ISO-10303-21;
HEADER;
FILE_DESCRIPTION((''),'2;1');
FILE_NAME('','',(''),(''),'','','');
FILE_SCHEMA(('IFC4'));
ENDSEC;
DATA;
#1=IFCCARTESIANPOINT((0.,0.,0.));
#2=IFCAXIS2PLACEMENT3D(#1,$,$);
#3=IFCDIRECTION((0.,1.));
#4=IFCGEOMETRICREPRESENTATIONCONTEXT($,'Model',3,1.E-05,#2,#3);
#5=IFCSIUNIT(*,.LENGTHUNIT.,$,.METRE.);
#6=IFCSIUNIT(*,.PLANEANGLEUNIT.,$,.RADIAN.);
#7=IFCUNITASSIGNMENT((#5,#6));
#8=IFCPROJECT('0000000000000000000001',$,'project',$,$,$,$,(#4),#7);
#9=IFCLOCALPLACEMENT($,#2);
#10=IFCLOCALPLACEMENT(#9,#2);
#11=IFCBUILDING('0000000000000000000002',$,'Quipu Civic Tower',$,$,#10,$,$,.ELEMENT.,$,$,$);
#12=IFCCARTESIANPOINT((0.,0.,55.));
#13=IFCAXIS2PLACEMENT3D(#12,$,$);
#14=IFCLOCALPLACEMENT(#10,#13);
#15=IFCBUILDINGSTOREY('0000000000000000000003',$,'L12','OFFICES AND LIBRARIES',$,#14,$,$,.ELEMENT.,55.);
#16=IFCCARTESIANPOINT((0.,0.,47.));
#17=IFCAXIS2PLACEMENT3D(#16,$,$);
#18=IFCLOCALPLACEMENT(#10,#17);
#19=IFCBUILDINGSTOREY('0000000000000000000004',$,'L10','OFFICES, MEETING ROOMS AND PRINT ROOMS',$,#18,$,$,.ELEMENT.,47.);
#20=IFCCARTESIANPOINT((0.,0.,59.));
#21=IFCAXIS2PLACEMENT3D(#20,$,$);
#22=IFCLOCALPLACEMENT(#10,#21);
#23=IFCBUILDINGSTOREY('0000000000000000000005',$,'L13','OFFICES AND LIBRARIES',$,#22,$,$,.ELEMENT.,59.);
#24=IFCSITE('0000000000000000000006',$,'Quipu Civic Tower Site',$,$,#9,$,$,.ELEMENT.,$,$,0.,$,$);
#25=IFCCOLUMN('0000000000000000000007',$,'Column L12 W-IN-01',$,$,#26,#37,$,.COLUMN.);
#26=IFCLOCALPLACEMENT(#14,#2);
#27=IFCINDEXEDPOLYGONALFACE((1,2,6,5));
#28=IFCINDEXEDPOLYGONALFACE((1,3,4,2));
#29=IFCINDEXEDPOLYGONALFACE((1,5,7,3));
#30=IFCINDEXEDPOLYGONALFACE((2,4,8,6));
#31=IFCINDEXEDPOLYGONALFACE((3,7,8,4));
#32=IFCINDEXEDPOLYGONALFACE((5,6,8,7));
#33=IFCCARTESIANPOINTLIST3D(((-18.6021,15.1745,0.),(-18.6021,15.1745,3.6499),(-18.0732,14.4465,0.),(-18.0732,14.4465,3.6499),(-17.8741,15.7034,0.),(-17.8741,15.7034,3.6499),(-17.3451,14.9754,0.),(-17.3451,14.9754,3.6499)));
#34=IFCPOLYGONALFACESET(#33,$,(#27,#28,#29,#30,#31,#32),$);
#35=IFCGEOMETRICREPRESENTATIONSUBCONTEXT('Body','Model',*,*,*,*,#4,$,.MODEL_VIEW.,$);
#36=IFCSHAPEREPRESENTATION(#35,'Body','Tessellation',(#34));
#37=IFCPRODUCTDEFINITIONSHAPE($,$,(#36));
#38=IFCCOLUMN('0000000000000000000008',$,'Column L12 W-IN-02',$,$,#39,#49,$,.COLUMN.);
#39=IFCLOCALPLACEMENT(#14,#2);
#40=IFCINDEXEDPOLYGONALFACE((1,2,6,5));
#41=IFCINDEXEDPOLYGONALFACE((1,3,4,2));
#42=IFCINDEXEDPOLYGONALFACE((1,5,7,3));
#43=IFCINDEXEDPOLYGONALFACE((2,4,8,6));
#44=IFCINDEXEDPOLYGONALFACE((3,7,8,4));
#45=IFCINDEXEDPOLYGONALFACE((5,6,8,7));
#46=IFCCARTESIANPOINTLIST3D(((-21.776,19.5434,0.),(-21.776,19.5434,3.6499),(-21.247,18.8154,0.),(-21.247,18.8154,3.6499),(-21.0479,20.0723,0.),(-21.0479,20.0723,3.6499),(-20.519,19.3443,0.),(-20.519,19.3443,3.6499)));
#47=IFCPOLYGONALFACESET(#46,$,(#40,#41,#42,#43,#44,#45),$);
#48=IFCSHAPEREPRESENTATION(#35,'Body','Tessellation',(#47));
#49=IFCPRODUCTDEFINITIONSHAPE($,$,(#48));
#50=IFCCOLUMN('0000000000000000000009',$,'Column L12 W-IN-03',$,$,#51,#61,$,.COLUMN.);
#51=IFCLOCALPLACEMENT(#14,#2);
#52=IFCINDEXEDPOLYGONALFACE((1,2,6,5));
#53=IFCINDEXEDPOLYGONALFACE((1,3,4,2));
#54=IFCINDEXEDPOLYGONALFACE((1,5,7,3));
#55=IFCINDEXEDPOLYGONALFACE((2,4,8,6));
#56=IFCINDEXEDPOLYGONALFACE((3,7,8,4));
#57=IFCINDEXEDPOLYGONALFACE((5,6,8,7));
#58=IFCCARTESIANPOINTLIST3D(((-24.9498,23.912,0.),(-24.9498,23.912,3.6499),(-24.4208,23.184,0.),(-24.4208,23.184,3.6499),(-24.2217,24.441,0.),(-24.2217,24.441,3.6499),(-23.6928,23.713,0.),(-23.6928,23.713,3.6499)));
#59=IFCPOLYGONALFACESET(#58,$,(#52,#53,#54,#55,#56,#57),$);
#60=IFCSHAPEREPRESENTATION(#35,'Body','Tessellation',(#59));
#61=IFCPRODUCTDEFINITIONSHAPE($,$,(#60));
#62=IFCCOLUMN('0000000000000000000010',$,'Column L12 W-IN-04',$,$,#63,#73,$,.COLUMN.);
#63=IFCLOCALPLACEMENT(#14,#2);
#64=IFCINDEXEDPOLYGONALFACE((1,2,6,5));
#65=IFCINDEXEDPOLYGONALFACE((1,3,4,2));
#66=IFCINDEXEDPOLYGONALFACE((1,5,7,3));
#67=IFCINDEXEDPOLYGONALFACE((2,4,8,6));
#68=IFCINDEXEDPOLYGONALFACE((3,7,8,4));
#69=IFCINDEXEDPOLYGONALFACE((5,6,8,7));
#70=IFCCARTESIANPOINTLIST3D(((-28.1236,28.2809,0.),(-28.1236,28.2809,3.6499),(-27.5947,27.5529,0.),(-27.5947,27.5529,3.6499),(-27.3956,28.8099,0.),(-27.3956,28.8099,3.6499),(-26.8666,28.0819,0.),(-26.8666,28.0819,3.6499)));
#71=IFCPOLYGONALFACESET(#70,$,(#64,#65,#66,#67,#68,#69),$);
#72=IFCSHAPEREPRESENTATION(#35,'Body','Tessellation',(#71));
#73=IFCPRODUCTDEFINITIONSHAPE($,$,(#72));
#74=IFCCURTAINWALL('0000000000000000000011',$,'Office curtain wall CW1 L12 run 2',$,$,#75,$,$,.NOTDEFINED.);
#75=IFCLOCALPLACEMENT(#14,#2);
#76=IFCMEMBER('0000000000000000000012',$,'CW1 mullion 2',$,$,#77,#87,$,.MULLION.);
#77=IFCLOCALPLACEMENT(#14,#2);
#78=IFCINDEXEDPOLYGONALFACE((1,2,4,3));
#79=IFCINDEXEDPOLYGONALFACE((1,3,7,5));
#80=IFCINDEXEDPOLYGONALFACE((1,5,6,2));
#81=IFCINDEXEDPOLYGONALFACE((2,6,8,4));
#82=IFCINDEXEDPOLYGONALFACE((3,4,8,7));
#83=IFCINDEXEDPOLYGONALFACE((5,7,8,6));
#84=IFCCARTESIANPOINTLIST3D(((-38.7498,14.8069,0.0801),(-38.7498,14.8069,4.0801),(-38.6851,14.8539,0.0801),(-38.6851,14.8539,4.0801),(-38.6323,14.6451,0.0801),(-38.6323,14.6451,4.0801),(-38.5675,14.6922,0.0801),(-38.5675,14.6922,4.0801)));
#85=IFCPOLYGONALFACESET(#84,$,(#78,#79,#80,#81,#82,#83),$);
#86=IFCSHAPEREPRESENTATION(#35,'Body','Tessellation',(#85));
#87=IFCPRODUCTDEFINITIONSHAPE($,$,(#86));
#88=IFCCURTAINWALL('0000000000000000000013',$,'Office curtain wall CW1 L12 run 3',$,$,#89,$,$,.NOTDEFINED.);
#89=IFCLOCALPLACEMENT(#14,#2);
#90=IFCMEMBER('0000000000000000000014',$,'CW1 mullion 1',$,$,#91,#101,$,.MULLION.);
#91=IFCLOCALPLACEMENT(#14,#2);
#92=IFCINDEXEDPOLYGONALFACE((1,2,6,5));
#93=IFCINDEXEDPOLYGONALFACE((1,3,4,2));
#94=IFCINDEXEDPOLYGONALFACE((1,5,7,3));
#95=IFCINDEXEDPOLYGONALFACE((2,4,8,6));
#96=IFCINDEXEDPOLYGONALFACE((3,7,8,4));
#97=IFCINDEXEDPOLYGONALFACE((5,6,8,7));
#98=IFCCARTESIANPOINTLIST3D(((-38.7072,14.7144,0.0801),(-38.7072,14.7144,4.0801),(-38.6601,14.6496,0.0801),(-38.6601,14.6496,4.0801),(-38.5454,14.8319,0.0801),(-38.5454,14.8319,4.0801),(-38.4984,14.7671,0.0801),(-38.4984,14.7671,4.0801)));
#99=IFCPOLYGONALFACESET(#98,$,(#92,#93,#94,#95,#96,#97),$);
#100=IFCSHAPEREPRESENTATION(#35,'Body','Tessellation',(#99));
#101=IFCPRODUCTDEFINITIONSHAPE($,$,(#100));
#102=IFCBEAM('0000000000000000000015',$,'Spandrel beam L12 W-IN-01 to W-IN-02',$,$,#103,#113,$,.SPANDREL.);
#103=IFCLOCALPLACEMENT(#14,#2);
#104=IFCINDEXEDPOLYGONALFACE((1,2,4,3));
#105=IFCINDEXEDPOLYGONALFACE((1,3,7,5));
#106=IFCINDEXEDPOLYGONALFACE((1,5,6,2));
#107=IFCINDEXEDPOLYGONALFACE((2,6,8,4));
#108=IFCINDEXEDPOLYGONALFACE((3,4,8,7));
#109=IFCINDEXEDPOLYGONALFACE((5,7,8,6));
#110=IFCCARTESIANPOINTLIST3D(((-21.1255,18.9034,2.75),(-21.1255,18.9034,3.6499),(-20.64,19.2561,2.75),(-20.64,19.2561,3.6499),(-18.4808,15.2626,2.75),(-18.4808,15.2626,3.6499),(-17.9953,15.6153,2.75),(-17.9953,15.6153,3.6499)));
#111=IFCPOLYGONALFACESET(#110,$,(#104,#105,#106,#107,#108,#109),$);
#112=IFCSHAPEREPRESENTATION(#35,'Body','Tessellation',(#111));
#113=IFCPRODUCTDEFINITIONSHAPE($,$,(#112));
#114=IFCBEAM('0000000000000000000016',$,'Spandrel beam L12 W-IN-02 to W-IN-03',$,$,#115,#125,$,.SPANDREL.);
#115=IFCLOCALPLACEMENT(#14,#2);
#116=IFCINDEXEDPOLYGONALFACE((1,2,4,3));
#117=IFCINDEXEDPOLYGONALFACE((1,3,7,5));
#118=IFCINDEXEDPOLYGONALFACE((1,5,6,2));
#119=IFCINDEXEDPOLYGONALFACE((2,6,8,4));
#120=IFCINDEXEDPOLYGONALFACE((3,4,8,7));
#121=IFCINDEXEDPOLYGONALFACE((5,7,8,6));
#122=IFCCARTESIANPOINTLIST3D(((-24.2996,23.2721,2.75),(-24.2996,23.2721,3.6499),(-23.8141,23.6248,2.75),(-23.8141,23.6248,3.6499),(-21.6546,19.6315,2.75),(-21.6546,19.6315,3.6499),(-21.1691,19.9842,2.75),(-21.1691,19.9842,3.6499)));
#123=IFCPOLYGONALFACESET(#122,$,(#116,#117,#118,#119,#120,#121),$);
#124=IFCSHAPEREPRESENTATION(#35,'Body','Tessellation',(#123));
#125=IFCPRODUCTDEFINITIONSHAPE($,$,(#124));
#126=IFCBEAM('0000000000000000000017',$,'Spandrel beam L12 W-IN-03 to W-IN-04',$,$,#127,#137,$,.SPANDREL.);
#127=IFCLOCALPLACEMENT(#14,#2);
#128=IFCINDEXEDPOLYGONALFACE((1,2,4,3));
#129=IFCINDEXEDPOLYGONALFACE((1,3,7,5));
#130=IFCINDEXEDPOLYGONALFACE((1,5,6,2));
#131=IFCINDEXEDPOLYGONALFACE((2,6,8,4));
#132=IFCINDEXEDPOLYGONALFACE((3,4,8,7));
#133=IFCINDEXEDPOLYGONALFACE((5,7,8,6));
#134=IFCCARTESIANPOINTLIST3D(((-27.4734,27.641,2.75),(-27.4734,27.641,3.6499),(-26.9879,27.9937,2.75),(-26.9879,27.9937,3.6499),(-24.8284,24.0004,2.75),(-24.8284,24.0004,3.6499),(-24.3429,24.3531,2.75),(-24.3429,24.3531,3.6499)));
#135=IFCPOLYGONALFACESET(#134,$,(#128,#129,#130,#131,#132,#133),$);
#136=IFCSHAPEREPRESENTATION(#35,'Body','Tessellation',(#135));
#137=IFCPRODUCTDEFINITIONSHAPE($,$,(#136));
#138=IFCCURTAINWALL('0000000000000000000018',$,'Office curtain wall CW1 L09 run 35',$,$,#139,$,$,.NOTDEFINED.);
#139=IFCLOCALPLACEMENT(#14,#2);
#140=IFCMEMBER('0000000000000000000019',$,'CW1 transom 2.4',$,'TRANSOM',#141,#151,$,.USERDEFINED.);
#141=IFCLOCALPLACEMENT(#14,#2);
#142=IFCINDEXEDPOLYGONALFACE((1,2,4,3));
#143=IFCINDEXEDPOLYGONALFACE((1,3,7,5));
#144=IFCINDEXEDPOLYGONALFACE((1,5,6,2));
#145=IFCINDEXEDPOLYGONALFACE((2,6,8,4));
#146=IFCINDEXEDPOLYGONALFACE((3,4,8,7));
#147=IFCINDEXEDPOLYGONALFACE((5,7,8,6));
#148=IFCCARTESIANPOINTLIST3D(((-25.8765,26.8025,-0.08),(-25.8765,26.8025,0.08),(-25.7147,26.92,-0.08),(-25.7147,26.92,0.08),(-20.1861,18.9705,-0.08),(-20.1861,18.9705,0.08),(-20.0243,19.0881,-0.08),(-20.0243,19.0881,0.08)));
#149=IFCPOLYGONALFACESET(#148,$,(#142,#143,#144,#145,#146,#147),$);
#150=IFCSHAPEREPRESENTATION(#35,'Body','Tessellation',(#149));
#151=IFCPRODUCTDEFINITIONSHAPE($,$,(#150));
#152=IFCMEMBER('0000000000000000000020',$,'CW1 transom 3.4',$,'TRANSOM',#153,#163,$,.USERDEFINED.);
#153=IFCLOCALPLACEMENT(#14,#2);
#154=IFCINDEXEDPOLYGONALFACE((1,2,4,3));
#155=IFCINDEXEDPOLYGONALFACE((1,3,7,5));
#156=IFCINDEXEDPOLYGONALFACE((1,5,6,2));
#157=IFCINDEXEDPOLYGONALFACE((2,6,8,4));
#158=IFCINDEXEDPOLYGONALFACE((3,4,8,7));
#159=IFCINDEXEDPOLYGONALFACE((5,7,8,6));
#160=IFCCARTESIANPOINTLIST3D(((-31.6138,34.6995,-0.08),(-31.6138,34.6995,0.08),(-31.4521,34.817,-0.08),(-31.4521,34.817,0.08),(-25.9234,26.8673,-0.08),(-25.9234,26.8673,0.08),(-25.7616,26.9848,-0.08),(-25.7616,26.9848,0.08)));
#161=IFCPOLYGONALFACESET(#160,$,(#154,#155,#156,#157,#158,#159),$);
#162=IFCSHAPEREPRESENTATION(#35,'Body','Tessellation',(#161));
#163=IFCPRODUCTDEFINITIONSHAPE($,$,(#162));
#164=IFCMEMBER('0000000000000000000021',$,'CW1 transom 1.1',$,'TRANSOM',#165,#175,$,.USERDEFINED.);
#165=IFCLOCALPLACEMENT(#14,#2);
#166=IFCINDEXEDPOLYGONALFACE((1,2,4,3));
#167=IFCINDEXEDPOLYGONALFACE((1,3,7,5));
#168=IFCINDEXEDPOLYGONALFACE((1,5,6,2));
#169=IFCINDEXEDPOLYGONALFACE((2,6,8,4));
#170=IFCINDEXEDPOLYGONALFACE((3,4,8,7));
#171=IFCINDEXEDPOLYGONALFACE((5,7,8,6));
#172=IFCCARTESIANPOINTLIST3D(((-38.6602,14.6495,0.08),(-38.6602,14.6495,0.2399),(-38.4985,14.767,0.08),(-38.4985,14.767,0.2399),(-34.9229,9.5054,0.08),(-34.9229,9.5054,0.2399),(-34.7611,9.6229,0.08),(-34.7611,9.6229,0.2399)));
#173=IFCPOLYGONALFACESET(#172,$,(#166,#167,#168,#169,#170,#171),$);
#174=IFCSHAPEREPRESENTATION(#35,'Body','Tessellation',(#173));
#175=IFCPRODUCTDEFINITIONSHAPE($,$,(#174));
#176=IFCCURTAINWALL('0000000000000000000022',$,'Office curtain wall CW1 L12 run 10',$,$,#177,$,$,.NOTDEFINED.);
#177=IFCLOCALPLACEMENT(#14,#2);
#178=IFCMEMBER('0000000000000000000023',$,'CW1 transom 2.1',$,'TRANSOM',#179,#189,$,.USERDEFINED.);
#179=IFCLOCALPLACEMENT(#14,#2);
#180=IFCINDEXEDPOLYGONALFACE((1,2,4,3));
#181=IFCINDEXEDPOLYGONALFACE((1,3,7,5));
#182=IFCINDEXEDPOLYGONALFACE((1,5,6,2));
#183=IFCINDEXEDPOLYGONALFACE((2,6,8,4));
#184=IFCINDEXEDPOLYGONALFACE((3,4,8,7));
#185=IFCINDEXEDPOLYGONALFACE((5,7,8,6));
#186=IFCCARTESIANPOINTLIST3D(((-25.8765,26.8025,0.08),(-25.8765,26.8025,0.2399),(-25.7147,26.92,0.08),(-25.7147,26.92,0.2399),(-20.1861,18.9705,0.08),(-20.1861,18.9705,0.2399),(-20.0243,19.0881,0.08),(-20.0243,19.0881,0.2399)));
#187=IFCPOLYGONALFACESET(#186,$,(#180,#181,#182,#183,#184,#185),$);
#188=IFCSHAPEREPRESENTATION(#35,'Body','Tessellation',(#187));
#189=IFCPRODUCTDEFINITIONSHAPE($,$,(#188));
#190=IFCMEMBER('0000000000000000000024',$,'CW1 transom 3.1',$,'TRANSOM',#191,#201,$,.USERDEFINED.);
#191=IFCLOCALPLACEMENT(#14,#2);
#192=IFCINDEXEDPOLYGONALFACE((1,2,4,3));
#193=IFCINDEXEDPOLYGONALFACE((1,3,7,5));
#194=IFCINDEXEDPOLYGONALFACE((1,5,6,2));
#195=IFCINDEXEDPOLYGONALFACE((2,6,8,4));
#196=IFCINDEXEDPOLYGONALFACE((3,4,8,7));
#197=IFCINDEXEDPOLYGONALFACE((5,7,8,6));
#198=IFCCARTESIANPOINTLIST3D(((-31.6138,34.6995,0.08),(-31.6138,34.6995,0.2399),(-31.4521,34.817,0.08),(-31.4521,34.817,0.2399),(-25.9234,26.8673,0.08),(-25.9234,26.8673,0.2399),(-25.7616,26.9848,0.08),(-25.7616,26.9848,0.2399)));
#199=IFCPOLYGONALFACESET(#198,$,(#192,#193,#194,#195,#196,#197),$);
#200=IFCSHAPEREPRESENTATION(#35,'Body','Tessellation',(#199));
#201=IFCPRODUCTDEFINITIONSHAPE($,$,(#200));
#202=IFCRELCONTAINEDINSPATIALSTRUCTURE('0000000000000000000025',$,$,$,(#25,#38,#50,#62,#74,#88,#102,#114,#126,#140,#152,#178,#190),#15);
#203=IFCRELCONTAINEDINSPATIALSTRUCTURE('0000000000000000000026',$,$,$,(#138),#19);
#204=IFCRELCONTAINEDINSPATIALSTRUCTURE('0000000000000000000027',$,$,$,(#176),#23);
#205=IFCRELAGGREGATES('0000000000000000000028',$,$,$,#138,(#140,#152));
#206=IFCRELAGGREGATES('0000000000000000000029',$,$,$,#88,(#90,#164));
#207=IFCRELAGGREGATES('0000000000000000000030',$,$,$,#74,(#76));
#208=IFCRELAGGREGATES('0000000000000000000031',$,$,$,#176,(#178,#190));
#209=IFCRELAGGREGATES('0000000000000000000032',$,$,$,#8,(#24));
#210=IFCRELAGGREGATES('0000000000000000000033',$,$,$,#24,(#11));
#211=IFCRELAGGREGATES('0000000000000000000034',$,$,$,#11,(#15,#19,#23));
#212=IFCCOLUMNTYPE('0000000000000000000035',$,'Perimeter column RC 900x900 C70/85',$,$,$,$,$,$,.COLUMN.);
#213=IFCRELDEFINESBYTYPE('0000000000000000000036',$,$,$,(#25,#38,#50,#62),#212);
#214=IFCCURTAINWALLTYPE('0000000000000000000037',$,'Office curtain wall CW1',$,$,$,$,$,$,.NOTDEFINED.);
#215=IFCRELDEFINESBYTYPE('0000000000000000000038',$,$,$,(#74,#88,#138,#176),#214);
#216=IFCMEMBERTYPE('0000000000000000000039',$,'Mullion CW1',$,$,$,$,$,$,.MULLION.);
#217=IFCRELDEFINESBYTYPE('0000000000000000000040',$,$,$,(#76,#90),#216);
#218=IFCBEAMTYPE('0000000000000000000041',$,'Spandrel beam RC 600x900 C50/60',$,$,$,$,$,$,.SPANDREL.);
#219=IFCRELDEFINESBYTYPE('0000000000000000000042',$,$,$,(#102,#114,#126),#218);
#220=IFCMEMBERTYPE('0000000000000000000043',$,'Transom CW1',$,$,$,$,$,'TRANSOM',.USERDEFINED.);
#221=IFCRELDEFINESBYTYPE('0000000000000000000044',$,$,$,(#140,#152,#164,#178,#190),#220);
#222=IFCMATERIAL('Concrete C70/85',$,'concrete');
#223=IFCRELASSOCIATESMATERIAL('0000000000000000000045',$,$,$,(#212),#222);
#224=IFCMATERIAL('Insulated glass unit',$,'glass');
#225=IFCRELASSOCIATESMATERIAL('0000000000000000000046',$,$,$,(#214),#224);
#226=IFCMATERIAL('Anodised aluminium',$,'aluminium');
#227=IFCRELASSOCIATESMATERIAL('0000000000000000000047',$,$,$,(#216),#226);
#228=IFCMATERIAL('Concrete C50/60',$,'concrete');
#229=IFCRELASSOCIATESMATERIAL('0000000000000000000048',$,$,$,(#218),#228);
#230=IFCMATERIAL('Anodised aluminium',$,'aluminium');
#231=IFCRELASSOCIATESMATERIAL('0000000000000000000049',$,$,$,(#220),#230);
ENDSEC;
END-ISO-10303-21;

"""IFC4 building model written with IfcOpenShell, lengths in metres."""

from ifc_helpers import new_model, si_unit, direction, frame, origin, origin_2d, place, context, subcontext, project, spatial, rectangle, extrude, material, material_profile, profile_set, type_object, element, aggregate, save


model = new_model("IFC4")

# Units and contexts
model_context = context("Model", 3, precision=1e-05, world=origin(), true_north=direction((0.0, 1.0)))
body_context = subcontext(model_context, "Body", "Model", "MODEL_VIEW")
ifc_project = project(units=[si_unit("LENGTHUNIT", "METRE"), si_unit("PLANEANGLEUNIT", "RADIAN")], contexts=[model_context])

# Site, building, storey
site_placement = place(None, origin())
site = spatial("IfcSite", under=ifc_project, at=site_placement, Name="Quipu Civic Tower Site", CompositionType="ELEMENT", RefElevation=0.0)
building_placement = place(site_placement, origin())
building = spatial("IfcBuilding", under=site, at=building_placement, Name="Quipu Civic Tower", CompositionType="ELEMENT")
storey_1_placement = place(building_placement, frame((0.0, 0.0, 55.0)))
storey_1 = spatial("IfcBuildingStorey", under=building, at=storey_1_placement, Name="L12", Description="OFFICES AND LIBRARIES", CompositionType="ELEMENT", Elevation=55.0)

# Columns
ifc_material_1 = material(Name="Concrete C70/85", Category="concrete")
ifc_material_profile_1 = material_profile(ifc_material_1, rectangle(XDim=0.8999, YDim=0.8999, at=origin_2d()), Name="RC900x900")
ifc_profile_set_1 = profile_set([ifc_material_profile_1], Name="Concrete C70/85")
column_type = type_object("IfcColumnType", Name="Perimeter column RC 900x900 C70/85", PredefinedType="COLUMN", material=ifc_profile_set_1)
for number, where, z_axis, x_axis, name in (
    (1, (-17.9736, 15.075, 0.0), (0.0, 0.0, 1.0), (-0.587785, 0.809017, 0.0), "Column L12 W-IN-01"),
    (2, (-21.1475, 19.4438, 0.0), (0.0, 0.0, 1.0), (-0.587785, 0.809017, 0.0), "Column L12 W-IN-02"),
    (3, (-24.3213, 23.8125, 0.0), (0.0, 0.0, 1.0), (-0.587785, 0.809017, 0.0), "Column L12 W-IN-03"),
    (4, (-27.4951, 28.1814, 0.0), (0.0, 0.0, 1.0), (-0.587785, 0.809017, 0.0), "Column L12 W-IN-04"),
):
    element("IfcColumn", number, at=place(storey_1_placement, frame(where, z_axis=z_axis, x_axis=x_axis)), inside=storey_1, type_object=column_type, Name=name, PredefinedType="COLUMN", context=body_context, shape_type="SweptSolid", body=[
        extrude(rectangle(XDim=0.8999, YDim=0.8999, at=origin_2d()), origin(), (0.0, 0.0, 1.0), 3.6499),
    ])

# Curtain walls, members
ifc_material_2 = material(Name="Insulated glass unit", Category="glass")
curtain_wall_type = type_object("IfcCurtainWallType", Name="Office curtain wall CW1", PredefinedType="NOTDEFINED", material=ifc_material_2)
curtain_wall_1_placement = place(storey_1_placement, origin())
curtain_wall_1 = element("IfcCurtainWall", 5, at=curtain_wall_1_placement, inside=storey_1, type_object=curtain_wall_type, Name="Office curtain wall CW1 L12 run 2", PredefinedType="NOTDEFINED")
ifc_material_3 = material(Name="Anodised aluminium", Category="aluminium")
ifc_material_profile_2 = material_profile(ifc_material_3, rectangle(XDim=0.2, YDim=0.0801, at=origin_2d()), Name="RECT 200x80")
ifc_profile_set_2 = profile_set([ifc_material_profile_2], Name="Anodised aluminium")
member_type_1 = type_object("IfcMemberType", Name="Mullion CW1", PredefinedType="MULLION", material=ifc_profile_set_2)
member_1_placement = place(storey_1_placement, frame((-38.6587, 14.7495, 0.0801), z_axis=(0.0, 0.0, 1.0), x_axis=(-0.587777, 0.809023, 0.0)))
member_1 = element("IfcMember", 6, at=member_1_placement, type_object=member_type_1, Name="CW1 mullion 2", PredefinedType="MULLION", context=body_context, shape_type="SweptSolid", body=[
    extrude(rectangle(XDim=0.2, YDim=0.0801, at=origin_2d()), origin(), (0.0, 0.0, 1.0), 4.0),
])
curtain_wall_2_placement = place(storey_1_placement, origin())
curtain_wall_2 = element("IfcCurtainWall", 7, at=curtain_wall_2_placement, inside=storey_1, type_object=curtain_wall_type, Name="Office curtain wall CW1 L12 run 3", PredefinedType="NOTDEFINED")
member_2_placement = place(storey_1_placement, frame((-38.6028, 14.7407, 0.0801), z_axis=(0.0, 0.0, 1.0), x_axis=(0.809019, 0.587783, 0.0)))
member_2 = element("IfcMember", 8, at=member_2_placement, type_object=member_type_1, Name="CW1 mullion 1", PredefinedType="MULLION", context=body_context, shape_type="SweptSolid", body=[
    extrude(rectangle(XDim=0.2, YDim=0.0801, at=origin_2d()), origin(), (0.0, 0.0, 1.0), 4.0),
])

# Beams
ifc_material_4 = material(Name="Concrete C50/60", Category="concrete")
ifc_material_profile_3 = material_profile(ifc_material_4, rectangle(XDim=0.6001, YDim=0.8999, at=origin_2d()), Name="RC600x900")
ifc_profile_set_3 = profile_set([ifc_material_profile_3], Name="Concrete C50/60")
beam_type = type_object("IfcBeamType", Name="Spandrel beam RC 600x900 C50/60", PredefinedType="SPANDREL", material=ifc_profile_set_3)
for number, where, z_axis, x_axis, name in (
    (9, (-18.238, 15.439, 3.2), (-0.587717, 0.809067, 0.0), (-0.809067, -0.587717, 0.0), "Spandrel beam L12 W-IN-01 to W-IN-02"),
    (10, (-21.4119, 19.8079, 3.2), (-0.587778, 0.809022, 0.0), (-0.809022, -0.587778, 0.0), "Spandrel beam L12 W-IN-02 to W-IN-03"),
    (11, (-24.5857, 24.1768, 3.2), (-0.587778, 0.809022, 0.0), (-0.809022, -0.587778, 0.0), "Spandrel beam L12 W-IN-03 to W-IN-04"),
):
    element("IfcBeam", number, at=place(storey_1_placement, frame(where, z_axis=z_axis, x_axis=x_axis)), inside=storey_1, type_object=beam_type, Name=name, PredefinedType="SPANDREL", context=body_context, shape_type="SweptSolid", body=[
        extrude(rectangle(XDim=0.6001, YDim=0.8999, at=origin_2d()), origin(), (0.0, 0.0, 1.0), 4.5),
    ])

# Shared definitions
storey_2_placement = place(building_placement, frame((0.0, 0.0, 47.0)))
storey_2 = spatial("IfcBuildingStorey", under=building, at=storey_2_placement, Name="L10", Description="OFFICES, MEETING ROOMS AND PRINT ROOMS", CompositionType="ELEMENT", Elevation=47.0)

# Curtain wall, members
curtain_wall_3_placement = place(storey_2_placement, origin())
curtain_wall_3 = element("IfcCurtainWall", 12, at=curtain_wall_3_placement, inside=storey_2, type_object=curtain_wall_type, Name="Office curtain wall CW1 L09 run 35", PredefinedType="NOTDEFINED")
ifc_material_5 = material(Name="Anodised aluminium", Category="aluminium")
ifc_material_profile_4 = material_profile(ifc_material_5, rectangle(XDim=0.2, YDim=0.1599, at=origin_2d()), Name="RECT 200x160")
ifc_profile_set_4 = profile_set([ifc_material_profile_4], Name="Anodised aluminium")
member_type_2 = type_object("IfcMemberType", Name="Transom CW1", ElementType="TRANSOM", PredefinedType="USERDEFINED", material=ifc_profile_set_4)
member_3_placement = place(storey_1_placement, frame((-20.1052, 19.0293, 0.0), z_axis=(-0.587794, 0.809011, 0.0), x_axis=(-0.809011, -0.587794, 0.0)))
member_3 = element("IfcMember", 13, at=member_3_placement, inside=storey_1, type_object=member_type_2, Name="CW1 transom 2.4", ObjectType="TRANSOM", PredefinedType="USERDEFINED", context=body_context, shape_type="SweptSolid", body=[
    extrude(rectangle(XDim=0.2, YDim=0.1599, at=origin_2d()), origin(), (0.0, 0.0, 1.0), 9.6809),
])
member_4_placement = place(storey_1_placement, frame((-25.8425, 26.926, 0.0), z_axis=(-0.587782, 0.80902, 0.0), x_axis=(-0.80902, -0.587782, 0.0)))
member_4 = element("IfcMember", 14, at=member_4_placement, inside=storey_1, type_object=member_type_2, Name="CW1 transom 3.4", ObjectType="TRANSOM", PredefinedType="USERDEFINED", context=body_context, shape_type="SweptSolid", body=[
    extrude(rectangle(XDim=0.2, YDim=0.1599, at=origin_2d()), origin(), (0.0, 0.0, 1.0), 9.6812),
])
aggregate(curtain_wall_3, [member_3, member_4])

# Member
member_5_placement = place(storey_1_placement, frame((-38.5793, 14.7083, 0.1599), z_axis=(0.587779, -0.809022, 0.0), x_axis=(0.809022, 0.587779, 0.0)))
member_5 = element("IfcMember", 15, at=member_5_placement, type_object=member_type_2, Name="CW1 transom 1.1", ObjectType="TRANSOM", PredefinedType="USERDEFINED", context=body_context, shape_type="SweptSolid", body=[
    extrude(rectangle(XDim=0.2, YDim=0.1599, at=origin_2d()), origin(), (0.0, 0.0, 1.0), 6.3584),
])
aggregate(curtain_wall_2, [member_2, member_5])

# Shared definitions
storey_3_placement = place(building_placement, frame((0.0, 0.0, 59.0)))
storey_3 = spatial("IfcBuildingStorey", under=building, at=storey_3_placement, Name="L13", Description="OFFICES AND LIBRARIES", CompositionType="ELEMENT", Elevation=59.0)

# Curtain wall, members
curtain_wall_4_placement = place(storey_3_placement, origin())
curtain_wall_4 = element("IfcCurtainWall", 16, at=curtain_wall_4_placement, inside=storey_3, type_object=curtain_wall_type, Name="Office curtain wall CW1 L12 run 10", PredefinedType="NOTDEFINED")
member_6_placement = place(storey_1_placement, frame((-20.1052, 19.0293, 0.1599), z_axis=(-0.587794, 0.809011, 0.0), x_axis=(-0.809011, -0.587794, 0.0)))
member_6 = element("IfcMember", 17, at=member_6_placement, inside=storey_1, type_object=member_type_2, Name="CW1 transom 2.1", ObjectType="TRANSOM", PredefinedType="USERDEFINED", context=body_context, shape_type="SweptSolid", body=[
    extrude(rectangle(XDim=0.2, YDim=0.1599, at=origin_2d()), origin(), (0.0, 0.0, 1.0), 9.6809),
])
member_7_placement = place(storey_1_placement, frame((-25.8425, 26.926, 0.1599), z_axis=(-0.587782, 0.80902, 0.0), x_axis=(-0.80902, -0.587782, 0.0)))
member_7 = element("IfcMember", 18, at=member_7_placement, inside=storey_1, type_object=member_type_2, Name="CW1 transom 3.1", ObjectType="TRANSOM", PredefinedType="USERDEFINED", context=body_context, shape_type="SweptSolid", body=[
    extrude(rectangle(XDim=0.2, YDim=0.1599, at=origin_2d()), origin(), (0.0, 0.0, 1.0), 9.6812),
])

aggregate(curtain_wall_1, [member_1])
aggregate(curtain_wall_4, [member_6, member_7])

save(model, "model.ifc")
